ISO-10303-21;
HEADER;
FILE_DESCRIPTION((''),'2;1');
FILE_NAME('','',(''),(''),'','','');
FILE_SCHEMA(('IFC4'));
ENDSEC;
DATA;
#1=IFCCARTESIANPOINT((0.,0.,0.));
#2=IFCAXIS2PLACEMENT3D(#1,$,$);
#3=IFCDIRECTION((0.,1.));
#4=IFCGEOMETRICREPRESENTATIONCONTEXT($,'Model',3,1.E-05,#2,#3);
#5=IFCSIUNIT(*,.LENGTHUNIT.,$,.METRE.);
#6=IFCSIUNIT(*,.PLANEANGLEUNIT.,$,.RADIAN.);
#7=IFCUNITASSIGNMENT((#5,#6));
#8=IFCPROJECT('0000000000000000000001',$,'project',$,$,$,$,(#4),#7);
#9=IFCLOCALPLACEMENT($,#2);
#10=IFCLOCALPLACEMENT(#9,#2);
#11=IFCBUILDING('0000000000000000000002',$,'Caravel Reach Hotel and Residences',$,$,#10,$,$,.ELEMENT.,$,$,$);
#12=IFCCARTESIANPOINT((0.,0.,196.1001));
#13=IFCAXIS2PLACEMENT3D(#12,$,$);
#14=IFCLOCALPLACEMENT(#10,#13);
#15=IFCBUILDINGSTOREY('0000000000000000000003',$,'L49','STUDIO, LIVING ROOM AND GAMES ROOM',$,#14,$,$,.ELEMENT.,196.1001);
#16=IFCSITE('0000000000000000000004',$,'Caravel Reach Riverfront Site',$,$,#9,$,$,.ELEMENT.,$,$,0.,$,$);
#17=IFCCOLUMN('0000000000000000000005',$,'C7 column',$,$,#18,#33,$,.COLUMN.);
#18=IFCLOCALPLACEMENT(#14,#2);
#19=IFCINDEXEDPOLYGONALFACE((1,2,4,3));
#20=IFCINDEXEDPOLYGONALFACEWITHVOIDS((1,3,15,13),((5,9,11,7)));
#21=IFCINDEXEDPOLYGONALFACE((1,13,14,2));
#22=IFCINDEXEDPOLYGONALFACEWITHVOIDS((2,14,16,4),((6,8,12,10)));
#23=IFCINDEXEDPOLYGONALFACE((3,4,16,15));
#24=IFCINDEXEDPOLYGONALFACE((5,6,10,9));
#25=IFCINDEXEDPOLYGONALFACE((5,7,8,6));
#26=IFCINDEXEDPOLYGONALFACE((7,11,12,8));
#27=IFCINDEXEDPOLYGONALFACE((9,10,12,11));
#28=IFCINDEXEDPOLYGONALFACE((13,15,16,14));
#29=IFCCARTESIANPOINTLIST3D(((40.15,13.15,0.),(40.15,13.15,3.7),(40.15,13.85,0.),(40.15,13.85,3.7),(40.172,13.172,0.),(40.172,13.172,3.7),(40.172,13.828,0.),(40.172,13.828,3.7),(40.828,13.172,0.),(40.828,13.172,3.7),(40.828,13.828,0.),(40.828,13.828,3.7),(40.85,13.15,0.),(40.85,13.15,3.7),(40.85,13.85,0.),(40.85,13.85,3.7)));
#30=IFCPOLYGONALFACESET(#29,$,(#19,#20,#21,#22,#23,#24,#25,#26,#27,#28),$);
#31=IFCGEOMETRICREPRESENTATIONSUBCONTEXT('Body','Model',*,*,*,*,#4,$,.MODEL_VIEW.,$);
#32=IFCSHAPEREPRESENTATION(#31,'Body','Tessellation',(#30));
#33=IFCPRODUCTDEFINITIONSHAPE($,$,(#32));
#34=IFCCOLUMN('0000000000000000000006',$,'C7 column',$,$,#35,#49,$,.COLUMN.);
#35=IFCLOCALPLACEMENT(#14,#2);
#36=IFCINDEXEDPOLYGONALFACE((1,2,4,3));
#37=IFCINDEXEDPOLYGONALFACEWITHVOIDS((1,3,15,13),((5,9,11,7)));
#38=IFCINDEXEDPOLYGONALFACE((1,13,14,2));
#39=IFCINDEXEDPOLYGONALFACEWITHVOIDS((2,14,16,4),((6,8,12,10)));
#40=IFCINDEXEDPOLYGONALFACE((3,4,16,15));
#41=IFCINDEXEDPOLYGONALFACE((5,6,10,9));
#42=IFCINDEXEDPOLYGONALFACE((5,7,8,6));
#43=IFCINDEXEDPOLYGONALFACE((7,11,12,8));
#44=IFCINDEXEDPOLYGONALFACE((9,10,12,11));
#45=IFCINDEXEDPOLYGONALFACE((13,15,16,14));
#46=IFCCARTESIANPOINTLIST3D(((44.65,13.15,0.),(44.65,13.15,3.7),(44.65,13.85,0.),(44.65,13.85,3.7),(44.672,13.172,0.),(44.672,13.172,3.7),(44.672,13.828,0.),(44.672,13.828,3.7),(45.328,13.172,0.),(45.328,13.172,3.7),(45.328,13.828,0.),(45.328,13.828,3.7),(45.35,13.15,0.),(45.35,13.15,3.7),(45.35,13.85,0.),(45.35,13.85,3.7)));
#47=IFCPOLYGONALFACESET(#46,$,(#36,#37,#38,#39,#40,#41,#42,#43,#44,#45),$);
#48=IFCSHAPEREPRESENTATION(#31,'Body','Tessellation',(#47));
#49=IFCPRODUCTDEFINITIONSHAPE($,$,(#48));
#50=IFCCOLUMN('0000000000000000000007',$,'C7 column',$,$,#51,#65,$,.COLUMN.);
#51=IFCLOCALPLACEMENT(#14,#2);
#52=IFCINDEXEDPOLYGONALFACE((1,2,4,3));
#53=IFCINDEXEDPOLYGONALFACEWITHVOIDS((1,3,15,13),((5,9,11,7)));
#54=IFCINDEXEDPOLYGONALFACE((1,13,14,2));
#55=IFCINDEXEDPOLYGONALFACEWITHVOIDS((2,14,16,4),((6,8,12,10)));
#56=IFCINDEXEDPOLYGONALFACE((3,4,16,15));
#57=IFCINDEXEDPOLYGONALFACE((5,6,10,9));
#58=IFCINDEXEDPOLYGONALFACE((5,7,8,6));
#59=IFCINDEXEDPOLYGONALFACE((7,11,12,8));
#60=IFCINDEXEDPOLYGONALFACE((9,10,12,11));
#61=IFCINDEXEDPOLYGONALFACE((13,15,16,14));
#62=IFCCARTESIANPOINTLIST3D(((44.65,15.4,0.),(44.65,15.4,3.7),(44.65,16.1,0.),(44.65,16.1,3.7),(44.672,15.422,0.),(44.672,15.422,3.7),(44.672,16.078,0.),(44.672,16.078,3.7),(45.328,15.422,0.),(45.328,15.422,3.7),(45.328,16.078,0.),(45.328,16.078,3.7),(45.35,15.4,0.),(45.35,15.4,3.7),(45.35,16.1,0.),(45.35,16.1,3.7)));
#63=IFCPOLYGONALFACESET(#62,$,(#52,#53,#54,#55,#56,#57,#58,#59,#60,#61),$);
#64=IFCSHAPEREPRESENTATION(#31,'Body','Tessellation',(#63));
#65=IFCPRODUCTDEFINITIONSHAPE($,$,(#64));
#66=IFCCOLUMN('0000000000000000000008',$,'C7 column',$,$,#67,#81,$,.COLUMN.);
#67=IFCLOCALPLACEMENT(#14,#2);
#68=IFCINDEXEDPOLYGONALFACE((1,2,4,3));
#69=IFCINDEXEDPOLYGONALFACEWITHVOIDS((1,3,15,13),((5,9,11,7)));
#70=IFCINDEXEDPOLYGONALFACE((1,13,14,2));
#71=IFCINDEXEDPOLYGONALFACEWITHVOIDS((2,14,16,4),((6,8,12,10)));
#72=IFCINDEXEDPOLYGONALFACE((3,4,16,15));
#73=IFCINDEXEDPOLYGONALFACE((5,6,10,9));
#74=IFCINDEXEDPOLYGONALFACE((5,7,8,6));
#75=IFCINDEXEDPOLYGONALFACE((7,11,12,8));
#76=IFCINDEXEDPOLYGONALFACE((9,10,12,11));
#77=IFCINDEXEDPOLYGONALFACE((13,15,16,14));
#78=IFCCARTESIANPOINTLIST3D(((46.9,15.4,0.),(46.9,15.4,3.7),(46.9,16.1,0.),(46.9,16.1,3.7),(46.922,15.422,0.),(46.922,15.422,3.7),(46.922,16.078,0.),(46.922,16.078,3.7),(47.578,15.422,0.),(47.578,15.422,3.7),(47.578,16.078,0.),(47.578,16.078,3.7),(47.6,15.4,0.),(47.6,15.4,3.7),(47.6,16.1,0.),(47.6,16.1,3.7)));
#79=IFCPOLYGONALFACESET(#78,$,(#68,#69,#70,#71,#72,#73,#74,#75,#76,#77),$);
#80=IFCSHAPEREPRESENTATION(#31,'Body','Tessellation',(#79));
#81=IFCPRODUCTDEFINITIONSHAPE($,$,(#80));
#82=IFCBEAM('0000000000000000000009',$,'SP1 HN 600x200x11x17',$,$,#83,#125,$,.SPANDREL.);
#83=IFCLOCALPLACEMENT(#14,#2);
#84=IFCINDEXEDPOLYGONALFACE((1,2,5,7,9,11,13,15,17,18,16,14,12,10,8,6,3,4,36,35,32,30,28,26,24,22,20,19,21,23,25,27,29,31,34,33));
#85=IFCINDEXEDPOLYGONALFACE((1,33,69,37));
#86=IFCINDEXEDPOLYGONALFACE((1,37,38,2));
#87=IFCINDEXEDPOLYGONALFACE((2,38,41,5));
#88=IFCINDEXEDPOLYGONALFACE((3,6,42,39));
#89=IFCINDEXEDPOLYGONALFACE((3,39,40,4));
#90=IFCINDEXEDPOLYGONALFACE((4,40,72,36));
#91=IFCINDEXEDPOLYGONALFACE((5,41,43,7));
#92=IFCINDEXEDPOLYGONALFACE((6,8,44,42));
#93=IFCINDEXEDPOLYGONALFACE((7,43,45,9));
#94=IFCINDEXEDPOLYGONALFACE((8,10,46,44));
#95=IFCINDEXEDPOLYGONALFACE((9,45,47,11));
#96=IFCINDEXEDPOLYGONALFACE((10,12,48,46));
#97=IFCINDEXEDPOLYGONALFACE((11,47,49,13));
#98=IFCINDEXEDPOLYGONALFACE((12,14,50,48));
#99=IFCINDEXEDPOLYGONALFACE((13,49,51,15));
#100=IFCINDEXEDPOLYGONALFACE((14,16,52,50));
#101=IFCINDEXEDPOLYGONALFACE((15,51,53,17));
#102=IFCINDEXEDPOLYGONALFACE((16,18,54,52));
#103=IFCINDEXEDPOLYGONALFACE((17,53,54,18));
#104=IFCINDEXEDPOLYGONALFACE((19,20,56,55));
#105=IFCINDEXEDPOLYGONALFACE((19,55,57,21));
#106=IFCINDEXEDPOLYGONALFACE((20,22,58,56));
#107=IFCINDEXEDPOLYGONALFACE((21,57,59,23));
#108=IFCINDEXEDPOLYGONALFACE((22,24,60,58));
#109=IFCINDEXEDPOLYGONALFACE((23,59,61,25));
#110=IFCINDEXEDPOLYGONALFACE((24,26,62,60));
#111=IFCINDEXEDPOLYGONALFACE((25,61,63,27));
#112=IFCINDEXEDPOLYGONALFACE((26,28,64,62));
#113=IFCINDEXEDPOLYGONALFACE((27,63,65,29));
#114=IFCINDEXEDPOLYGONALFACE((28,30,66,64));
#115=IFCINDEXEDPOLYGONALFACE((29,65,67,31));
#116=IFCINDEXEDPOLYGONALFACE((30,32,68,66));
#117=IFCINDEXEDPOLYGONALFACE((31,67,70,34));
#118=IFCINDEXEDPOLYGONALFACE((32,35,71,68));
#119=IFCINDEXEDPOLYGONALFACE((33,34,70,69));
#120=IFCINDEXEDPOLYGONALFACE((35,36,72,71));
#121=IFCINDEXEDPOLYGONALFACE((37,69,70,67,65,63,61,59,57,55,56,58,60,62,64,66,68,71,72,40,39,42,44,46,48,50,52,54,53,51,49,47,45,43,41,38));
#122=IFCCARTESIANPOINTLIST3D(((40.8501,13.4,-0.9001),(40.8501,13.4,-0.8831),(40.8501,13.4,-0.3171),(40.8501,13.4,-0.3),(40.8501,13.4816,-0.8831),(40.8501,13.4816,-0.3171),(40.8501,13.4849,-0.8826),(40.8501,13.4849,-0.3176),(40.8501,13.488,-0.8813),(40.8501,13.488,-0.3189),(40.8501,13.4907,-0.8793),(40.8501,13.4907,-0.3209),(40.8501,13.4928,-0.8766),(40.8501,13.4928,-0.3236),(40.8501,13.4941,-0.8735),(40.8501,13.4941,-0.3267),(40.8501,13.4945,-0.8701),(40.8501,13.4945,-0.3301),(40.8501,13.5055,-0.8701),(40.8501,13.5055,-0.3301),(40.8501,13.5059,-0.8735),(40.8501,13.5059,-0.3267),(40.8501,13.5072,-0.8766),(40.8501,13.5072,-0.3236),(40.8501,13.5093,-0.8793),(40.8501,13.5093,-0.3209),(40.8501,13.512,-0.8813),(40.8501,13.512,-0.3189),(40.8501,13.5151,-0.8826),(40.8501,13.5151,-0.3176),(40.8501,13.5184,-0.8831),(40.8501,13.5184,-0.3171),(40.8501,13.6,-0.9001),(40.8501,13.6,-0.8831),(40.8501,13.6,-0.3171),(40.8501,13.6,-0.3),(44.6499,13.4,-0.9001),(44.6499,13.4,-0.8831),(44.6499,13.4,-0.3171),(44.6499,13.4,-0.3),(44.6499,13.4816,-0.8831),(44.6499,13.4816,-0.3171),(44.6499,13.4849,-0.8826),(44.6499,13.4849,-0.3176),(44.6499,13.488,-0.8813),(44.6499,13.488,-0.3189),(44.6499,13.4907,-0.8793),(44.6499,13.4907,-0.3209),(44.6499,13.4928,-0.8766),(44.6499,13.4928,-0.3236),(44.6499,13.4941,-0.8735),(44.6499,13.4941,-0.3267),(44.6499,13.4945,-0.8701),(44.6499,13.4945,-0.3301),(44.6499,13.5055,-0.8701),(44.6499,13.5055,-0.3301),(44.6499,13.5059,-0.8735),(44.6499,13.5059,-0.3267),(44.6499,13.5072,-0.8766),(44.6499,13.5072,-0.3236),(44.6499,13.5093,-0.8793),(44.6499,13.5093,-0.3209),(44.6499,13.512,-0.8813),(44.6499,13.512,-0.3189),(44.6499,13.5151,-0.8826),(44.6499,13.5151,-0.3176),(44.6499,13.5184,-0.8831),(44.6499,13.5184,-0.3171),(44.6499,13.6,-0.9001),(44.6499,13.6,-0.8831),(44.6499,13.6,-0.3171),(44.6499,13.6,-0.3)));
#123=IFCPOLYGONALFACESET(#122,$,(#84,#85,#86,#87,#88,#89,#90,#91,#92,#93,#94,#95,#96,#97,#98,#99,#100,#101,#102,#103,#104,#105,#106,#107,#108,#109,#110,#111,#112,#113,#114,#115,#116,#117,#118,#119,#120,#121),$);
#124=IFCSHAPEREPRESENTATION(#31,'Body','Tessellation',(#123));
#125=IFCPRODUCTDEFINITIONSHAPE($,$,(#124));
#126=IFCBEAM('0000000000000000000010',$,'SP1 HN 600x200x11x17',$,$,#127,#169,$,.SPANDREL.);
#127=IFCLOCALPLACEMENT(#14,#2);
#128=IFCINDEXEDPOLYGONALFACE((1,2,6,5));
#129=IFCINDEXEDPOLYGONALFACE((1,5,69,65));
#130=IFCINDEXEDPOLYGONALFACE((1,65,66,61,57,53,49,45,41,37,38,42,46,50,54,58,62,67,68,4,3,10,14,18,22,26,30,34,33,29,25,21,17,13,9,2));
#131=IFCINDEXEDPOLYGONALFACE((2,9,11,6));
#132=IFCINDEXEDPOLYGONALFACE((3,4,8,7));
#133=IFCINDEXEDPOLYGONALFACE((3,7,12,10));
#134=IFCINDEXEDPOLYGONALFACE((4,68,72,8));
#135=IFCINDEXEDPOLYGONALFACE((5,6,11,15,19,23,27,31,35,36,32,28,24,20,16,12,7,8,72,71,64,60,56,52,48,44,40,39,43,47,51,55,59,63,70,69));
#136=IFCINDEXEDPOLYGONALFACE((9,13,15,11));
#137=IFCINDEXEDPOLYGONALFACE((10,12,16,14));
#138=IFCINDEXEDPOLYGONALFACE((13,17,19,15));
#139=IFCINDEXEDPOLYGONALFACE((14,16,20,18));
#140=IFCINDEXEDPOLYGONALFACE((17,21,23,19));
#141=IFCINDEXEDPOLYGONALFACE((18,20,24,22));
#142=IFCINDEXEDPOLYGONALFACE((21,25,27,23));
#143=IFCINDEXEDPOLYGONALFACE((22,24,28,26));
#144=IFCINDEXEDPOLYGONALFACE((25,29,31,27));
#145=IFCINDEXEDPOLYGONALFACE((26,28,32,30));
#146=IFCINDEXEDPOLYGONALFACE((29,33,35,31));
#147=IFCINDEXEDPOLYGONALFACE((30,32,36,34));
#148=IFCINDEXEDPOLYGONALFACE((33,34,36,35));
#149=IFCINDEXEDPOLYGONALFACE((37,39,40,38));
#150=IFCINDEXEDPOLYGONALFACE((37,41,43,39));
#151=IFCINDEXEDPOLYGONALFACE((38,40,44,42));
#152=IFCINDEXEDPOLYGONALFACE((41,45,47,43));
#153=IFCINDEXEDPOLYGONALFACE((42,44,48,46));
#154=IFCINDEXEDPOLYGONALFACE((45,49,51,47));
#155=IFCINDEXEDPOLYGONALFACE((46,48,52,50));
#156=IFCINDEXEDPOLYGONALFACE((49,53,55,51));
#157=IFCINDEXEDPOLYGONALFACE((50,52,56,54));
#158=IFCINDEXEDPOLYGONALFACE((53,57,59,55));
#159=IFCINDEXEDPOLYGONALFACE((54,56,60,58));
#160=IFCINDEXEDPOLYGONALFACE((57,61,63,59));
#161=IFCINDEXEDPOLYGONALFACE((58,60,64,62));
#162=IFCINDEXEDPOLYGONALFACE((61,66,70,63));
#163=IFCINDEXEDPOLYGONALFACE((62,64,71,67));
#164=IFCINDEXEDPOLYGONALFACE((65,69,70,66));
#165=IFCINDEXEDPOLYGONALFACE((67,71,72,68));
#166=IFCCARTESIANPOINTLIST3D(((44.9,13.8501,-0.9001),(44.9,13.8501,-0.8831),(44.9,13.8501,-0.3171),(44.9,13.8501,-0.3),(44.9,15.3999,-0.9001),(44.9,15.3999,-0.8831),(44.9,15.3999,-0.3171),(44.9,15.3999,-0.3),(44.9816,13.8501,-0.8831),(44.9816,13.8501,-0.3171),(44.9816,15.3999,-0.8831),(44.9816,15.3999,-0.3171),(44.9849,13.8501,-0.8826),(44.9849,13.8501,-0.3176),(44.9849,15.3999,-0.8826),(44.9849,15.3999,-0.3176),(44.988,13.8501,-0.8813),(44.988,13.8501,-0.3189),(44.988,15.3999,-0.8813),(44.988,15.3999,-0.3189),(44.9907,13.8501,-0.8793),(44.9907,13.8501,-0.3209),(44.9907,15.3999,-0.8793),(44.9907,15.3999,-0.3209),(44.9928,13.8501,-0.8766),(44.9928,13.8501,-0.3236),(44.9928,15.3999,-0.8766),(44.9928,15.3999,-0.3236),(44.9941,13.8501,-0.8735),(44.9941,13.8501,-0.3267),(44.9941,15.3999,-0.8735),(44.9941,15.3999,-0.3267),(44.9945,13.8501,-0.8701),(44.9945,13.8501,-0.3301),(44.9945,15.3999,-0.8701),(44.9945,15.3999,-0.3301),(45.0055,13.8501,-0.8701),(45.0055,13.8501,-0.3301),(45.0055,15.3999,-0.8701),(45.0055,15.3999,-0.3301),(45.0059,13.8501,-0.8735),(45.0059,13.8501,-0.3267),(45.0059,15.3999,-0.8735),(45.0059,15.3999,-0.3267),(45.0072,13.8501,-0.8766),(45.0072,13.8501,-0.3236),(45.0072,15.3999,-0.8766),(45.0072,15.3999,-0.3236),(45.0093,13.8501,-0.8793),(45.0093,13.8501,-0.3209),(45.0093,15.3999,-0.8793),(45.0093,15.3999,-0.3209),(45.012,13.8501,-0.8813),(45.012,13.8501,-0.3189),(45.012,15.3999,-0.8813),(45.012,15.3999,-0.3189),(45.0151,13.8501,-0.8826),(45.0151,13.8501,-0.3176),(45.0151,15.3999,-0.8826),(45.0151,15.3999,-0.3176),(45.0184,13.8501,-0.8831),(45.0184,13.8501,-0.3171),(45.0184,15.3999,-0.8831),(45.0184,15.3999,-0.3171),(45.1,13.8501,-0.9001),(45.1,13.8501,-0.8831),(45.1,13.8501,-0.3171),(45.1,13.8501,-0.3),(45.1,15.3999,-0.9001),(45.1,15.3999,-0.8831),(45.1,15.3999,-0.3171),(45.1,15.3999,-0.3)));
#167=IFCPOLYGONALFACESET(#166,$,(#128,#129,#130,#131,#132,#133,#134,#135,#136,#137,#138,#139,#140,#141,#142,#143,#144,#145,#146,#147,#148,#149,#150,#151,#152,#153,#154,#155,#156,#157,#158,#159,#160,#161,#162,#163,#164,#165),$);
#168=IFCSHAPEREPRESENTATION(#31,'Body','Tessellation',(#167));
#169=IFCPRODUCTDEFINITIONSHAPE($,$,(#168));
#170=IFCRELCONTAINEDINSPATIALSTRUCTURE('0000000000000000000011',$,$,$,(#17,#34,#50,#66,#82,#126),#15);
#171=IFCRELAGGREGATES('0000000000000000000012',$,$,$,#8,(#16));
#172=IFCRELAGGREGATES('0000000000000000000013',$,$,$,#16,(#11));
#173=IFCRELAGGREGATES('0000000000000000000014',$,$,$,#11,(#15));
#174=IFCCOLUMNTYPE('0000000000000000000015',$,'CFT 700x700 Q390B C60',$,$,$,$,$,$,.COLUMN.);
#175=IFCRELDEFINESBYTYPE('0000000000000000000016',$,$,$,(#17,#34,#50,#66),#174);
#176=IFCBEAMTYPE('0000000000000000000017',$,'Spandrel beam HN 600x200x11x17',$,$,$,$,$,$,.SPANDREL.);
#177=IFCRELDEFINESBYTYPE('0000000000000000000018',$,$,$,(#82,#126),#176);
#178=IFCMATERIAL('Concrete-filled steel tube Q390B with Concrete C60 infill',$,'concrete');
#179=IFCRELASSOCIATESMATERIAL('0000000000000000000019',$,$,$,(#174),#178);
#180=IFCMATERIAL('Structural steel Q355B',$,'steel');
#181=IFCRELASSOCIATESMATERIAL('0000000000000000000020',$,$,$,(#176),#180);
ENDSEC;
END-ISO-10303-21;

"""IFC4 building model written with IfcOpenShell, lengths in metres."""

from ifc_helpers import new_model, si_unit, direction, frame, origin, origin_2d, place, context, subcontext, project, spatial, hollow_rectangle, i_section, extrude, material, material_profile, profile_set, type_object, element, save


model = new_model("IFC4")

# Units and contexts
model_context = context("Model", 3, precision=1e-05, world=origin(), true_north=direction((0.0, 1.0)))
body_context = subcontext(model_context, "Body", "Model", "MODEL_VIEW")
ifc_project = project(units=[si_unit("LENGTHUNIT", "METRE"), si_unit("PLANEANGLEUNIT", "RADIAN")], contexts=[model_context])

# Site, building, storey
site_placement = place(None, origin())
site = spatial("IfcSite", under=ifc_project, at=site_placement, Name="Caravel Reach Riverfront Site", CompositionType="ELEMENT", RefElevation=0.0)
building_placement = place(site_placement, origin())
building = spatial("IfcBuilding", under=site, at=building_placement, Name="Caravel Reach Hotel and Residences", CompositionType="ELEMENT")
storey_placement = place(building_placement, frame((0.0, 0.0, 196.1001)))
storey = spatial("IfcBuildingStorey", under=building, at=storey_placement, Name="L49", Description="STUDIO, LIVING ROOM AND GAMES ROOM", CompositionType="ELEMENT", Elevation=196.1001)

# Columns
ifc_material_1 = material(Name="Concrete-filled steel tube Q390B with Concrete C60 infill", Category="concrete")
ifc_material_profile_1 = material_profile(ifc_material_1, hollow_rectangle(XDim=0.7, YDim=0.7, WallThickness=0.022, at=origin_2d()), Name="RHS 700x700x22")
ifc_profile_set_1 = profile_set([ifc_material_profile_1], Name="Concrete-filled steel tube Q390B with Concrete C60 infill")
column_type = type_object("IfcColumnType", Name="CFT 700x700 Q390B C60", PredefinedType="COLUMN", material=ifc_profile_set_1)
for number, where, z_axis, x_axis, name in (
    (1, (40.5, 13.5, 0.0), (0.0, 0.0, 1.0), (1.0, 0.0, 0.0), "C7 column"),
    (2, (45.0, 13.5, 0.0), (0.0, 0.0, 1.0), (1.0, 0.0, 0.0), "C7 column"),
    (3, (45.0, 15.75, 0.0), (0.0, 0.0, 1.0), (1.0, 0.0, 0.0), "C7 column"),
    (4, (47.25, 15.75, 0.0), (0.0, 0.0, 1.0), (1.0, 0.0, 0.0), "C7 column"),
):
    element("IfcColumn", number, at=place(storey_placement, frame(where, z_axis=z_axis, x_axis=x_axis)), inside=storey, type_object=column_type, Name=name, PredefinedType="COLUMN", context=body_context, shape_type="SweptSolid", body=[
        extrude(hollow_rectangle(XDim=0.7, YDim=0.7, WallThickness=0.022, at=origin_2d()), origin(), (0.0, 0.0, 1.0), 3.7),
    ])

# Beams
ifc_material_2 = material(Name="Structural steel Q355B", Category="steel")
ifc_material_profile_2 = material_profile(ifc_material_2, i_section(OverallWidth=0.2, OverallDepth=0.6001, WebThickness=0.011, FlangeThickness=0.0171, FilletRadius=0.0129, at=origin_2d()), Name="HN 600x200x11x17")
ifc_profile_set_2 = profile_set([ifc_material_profile_2], Name="Structural steel Q355B")
beam_type = type_object("IfcBeamType", Name="Spandrel beam HN 600x200x11x17", PredefinedType="SPANDREL", material=ifc_profile_set_2)
beam_placement = place(storey_placement, frame((40.8501, 13.5, -0.6001), z_axis=(1.0, 0.0, 0.0), x_axis=(0.0, 1.0, 0.0)))
element("IfcBeam", 5, at=beam_placement, inside=storey, type_object=beam_type, Name="SP1 HN 600x200x11x17", PredefinedType="SPANDREL", context=body_context, shape_type="SweptSolid", body=[
    extrude(i_section(OverallWidth=0.2, OverallDepth=0.6001, WebThickness=0.011, FlangeThickness=0.0171, FilletRadius=0.0129, at=origin_2d()), origin(), (0.0, 0.0, 1.0), 3.7998),
])
for number, where, z_axis, x_axis, name in (
    (6, (45.0, 13.8501, -0.6001), (0.0, 1.0, 0.0), (-1.0, 0.0, 0.0), "SP1 HN 600x200x11x17"),
):
    element("IfcBeam", number, at=place(storey_placement, frame(where, z_axis=z_axis, x_axis=x_axis)), inside=storey, type_object=beam_type, Name=name, PredefinedType="SPANDREL", context=body_context, shape_type="SweptSolid", body=[
        extrude(i_section(OverallWidth=0.2, OverallDepth=0.6001, WebThickness=0.011, FlangeThickness=0.0171, FilletRadius=0.0129, at=origin_2d()), origin(), (0.0, 0.0, 1.0), 1.5498),
    ])

save(model, "model.ifc")
